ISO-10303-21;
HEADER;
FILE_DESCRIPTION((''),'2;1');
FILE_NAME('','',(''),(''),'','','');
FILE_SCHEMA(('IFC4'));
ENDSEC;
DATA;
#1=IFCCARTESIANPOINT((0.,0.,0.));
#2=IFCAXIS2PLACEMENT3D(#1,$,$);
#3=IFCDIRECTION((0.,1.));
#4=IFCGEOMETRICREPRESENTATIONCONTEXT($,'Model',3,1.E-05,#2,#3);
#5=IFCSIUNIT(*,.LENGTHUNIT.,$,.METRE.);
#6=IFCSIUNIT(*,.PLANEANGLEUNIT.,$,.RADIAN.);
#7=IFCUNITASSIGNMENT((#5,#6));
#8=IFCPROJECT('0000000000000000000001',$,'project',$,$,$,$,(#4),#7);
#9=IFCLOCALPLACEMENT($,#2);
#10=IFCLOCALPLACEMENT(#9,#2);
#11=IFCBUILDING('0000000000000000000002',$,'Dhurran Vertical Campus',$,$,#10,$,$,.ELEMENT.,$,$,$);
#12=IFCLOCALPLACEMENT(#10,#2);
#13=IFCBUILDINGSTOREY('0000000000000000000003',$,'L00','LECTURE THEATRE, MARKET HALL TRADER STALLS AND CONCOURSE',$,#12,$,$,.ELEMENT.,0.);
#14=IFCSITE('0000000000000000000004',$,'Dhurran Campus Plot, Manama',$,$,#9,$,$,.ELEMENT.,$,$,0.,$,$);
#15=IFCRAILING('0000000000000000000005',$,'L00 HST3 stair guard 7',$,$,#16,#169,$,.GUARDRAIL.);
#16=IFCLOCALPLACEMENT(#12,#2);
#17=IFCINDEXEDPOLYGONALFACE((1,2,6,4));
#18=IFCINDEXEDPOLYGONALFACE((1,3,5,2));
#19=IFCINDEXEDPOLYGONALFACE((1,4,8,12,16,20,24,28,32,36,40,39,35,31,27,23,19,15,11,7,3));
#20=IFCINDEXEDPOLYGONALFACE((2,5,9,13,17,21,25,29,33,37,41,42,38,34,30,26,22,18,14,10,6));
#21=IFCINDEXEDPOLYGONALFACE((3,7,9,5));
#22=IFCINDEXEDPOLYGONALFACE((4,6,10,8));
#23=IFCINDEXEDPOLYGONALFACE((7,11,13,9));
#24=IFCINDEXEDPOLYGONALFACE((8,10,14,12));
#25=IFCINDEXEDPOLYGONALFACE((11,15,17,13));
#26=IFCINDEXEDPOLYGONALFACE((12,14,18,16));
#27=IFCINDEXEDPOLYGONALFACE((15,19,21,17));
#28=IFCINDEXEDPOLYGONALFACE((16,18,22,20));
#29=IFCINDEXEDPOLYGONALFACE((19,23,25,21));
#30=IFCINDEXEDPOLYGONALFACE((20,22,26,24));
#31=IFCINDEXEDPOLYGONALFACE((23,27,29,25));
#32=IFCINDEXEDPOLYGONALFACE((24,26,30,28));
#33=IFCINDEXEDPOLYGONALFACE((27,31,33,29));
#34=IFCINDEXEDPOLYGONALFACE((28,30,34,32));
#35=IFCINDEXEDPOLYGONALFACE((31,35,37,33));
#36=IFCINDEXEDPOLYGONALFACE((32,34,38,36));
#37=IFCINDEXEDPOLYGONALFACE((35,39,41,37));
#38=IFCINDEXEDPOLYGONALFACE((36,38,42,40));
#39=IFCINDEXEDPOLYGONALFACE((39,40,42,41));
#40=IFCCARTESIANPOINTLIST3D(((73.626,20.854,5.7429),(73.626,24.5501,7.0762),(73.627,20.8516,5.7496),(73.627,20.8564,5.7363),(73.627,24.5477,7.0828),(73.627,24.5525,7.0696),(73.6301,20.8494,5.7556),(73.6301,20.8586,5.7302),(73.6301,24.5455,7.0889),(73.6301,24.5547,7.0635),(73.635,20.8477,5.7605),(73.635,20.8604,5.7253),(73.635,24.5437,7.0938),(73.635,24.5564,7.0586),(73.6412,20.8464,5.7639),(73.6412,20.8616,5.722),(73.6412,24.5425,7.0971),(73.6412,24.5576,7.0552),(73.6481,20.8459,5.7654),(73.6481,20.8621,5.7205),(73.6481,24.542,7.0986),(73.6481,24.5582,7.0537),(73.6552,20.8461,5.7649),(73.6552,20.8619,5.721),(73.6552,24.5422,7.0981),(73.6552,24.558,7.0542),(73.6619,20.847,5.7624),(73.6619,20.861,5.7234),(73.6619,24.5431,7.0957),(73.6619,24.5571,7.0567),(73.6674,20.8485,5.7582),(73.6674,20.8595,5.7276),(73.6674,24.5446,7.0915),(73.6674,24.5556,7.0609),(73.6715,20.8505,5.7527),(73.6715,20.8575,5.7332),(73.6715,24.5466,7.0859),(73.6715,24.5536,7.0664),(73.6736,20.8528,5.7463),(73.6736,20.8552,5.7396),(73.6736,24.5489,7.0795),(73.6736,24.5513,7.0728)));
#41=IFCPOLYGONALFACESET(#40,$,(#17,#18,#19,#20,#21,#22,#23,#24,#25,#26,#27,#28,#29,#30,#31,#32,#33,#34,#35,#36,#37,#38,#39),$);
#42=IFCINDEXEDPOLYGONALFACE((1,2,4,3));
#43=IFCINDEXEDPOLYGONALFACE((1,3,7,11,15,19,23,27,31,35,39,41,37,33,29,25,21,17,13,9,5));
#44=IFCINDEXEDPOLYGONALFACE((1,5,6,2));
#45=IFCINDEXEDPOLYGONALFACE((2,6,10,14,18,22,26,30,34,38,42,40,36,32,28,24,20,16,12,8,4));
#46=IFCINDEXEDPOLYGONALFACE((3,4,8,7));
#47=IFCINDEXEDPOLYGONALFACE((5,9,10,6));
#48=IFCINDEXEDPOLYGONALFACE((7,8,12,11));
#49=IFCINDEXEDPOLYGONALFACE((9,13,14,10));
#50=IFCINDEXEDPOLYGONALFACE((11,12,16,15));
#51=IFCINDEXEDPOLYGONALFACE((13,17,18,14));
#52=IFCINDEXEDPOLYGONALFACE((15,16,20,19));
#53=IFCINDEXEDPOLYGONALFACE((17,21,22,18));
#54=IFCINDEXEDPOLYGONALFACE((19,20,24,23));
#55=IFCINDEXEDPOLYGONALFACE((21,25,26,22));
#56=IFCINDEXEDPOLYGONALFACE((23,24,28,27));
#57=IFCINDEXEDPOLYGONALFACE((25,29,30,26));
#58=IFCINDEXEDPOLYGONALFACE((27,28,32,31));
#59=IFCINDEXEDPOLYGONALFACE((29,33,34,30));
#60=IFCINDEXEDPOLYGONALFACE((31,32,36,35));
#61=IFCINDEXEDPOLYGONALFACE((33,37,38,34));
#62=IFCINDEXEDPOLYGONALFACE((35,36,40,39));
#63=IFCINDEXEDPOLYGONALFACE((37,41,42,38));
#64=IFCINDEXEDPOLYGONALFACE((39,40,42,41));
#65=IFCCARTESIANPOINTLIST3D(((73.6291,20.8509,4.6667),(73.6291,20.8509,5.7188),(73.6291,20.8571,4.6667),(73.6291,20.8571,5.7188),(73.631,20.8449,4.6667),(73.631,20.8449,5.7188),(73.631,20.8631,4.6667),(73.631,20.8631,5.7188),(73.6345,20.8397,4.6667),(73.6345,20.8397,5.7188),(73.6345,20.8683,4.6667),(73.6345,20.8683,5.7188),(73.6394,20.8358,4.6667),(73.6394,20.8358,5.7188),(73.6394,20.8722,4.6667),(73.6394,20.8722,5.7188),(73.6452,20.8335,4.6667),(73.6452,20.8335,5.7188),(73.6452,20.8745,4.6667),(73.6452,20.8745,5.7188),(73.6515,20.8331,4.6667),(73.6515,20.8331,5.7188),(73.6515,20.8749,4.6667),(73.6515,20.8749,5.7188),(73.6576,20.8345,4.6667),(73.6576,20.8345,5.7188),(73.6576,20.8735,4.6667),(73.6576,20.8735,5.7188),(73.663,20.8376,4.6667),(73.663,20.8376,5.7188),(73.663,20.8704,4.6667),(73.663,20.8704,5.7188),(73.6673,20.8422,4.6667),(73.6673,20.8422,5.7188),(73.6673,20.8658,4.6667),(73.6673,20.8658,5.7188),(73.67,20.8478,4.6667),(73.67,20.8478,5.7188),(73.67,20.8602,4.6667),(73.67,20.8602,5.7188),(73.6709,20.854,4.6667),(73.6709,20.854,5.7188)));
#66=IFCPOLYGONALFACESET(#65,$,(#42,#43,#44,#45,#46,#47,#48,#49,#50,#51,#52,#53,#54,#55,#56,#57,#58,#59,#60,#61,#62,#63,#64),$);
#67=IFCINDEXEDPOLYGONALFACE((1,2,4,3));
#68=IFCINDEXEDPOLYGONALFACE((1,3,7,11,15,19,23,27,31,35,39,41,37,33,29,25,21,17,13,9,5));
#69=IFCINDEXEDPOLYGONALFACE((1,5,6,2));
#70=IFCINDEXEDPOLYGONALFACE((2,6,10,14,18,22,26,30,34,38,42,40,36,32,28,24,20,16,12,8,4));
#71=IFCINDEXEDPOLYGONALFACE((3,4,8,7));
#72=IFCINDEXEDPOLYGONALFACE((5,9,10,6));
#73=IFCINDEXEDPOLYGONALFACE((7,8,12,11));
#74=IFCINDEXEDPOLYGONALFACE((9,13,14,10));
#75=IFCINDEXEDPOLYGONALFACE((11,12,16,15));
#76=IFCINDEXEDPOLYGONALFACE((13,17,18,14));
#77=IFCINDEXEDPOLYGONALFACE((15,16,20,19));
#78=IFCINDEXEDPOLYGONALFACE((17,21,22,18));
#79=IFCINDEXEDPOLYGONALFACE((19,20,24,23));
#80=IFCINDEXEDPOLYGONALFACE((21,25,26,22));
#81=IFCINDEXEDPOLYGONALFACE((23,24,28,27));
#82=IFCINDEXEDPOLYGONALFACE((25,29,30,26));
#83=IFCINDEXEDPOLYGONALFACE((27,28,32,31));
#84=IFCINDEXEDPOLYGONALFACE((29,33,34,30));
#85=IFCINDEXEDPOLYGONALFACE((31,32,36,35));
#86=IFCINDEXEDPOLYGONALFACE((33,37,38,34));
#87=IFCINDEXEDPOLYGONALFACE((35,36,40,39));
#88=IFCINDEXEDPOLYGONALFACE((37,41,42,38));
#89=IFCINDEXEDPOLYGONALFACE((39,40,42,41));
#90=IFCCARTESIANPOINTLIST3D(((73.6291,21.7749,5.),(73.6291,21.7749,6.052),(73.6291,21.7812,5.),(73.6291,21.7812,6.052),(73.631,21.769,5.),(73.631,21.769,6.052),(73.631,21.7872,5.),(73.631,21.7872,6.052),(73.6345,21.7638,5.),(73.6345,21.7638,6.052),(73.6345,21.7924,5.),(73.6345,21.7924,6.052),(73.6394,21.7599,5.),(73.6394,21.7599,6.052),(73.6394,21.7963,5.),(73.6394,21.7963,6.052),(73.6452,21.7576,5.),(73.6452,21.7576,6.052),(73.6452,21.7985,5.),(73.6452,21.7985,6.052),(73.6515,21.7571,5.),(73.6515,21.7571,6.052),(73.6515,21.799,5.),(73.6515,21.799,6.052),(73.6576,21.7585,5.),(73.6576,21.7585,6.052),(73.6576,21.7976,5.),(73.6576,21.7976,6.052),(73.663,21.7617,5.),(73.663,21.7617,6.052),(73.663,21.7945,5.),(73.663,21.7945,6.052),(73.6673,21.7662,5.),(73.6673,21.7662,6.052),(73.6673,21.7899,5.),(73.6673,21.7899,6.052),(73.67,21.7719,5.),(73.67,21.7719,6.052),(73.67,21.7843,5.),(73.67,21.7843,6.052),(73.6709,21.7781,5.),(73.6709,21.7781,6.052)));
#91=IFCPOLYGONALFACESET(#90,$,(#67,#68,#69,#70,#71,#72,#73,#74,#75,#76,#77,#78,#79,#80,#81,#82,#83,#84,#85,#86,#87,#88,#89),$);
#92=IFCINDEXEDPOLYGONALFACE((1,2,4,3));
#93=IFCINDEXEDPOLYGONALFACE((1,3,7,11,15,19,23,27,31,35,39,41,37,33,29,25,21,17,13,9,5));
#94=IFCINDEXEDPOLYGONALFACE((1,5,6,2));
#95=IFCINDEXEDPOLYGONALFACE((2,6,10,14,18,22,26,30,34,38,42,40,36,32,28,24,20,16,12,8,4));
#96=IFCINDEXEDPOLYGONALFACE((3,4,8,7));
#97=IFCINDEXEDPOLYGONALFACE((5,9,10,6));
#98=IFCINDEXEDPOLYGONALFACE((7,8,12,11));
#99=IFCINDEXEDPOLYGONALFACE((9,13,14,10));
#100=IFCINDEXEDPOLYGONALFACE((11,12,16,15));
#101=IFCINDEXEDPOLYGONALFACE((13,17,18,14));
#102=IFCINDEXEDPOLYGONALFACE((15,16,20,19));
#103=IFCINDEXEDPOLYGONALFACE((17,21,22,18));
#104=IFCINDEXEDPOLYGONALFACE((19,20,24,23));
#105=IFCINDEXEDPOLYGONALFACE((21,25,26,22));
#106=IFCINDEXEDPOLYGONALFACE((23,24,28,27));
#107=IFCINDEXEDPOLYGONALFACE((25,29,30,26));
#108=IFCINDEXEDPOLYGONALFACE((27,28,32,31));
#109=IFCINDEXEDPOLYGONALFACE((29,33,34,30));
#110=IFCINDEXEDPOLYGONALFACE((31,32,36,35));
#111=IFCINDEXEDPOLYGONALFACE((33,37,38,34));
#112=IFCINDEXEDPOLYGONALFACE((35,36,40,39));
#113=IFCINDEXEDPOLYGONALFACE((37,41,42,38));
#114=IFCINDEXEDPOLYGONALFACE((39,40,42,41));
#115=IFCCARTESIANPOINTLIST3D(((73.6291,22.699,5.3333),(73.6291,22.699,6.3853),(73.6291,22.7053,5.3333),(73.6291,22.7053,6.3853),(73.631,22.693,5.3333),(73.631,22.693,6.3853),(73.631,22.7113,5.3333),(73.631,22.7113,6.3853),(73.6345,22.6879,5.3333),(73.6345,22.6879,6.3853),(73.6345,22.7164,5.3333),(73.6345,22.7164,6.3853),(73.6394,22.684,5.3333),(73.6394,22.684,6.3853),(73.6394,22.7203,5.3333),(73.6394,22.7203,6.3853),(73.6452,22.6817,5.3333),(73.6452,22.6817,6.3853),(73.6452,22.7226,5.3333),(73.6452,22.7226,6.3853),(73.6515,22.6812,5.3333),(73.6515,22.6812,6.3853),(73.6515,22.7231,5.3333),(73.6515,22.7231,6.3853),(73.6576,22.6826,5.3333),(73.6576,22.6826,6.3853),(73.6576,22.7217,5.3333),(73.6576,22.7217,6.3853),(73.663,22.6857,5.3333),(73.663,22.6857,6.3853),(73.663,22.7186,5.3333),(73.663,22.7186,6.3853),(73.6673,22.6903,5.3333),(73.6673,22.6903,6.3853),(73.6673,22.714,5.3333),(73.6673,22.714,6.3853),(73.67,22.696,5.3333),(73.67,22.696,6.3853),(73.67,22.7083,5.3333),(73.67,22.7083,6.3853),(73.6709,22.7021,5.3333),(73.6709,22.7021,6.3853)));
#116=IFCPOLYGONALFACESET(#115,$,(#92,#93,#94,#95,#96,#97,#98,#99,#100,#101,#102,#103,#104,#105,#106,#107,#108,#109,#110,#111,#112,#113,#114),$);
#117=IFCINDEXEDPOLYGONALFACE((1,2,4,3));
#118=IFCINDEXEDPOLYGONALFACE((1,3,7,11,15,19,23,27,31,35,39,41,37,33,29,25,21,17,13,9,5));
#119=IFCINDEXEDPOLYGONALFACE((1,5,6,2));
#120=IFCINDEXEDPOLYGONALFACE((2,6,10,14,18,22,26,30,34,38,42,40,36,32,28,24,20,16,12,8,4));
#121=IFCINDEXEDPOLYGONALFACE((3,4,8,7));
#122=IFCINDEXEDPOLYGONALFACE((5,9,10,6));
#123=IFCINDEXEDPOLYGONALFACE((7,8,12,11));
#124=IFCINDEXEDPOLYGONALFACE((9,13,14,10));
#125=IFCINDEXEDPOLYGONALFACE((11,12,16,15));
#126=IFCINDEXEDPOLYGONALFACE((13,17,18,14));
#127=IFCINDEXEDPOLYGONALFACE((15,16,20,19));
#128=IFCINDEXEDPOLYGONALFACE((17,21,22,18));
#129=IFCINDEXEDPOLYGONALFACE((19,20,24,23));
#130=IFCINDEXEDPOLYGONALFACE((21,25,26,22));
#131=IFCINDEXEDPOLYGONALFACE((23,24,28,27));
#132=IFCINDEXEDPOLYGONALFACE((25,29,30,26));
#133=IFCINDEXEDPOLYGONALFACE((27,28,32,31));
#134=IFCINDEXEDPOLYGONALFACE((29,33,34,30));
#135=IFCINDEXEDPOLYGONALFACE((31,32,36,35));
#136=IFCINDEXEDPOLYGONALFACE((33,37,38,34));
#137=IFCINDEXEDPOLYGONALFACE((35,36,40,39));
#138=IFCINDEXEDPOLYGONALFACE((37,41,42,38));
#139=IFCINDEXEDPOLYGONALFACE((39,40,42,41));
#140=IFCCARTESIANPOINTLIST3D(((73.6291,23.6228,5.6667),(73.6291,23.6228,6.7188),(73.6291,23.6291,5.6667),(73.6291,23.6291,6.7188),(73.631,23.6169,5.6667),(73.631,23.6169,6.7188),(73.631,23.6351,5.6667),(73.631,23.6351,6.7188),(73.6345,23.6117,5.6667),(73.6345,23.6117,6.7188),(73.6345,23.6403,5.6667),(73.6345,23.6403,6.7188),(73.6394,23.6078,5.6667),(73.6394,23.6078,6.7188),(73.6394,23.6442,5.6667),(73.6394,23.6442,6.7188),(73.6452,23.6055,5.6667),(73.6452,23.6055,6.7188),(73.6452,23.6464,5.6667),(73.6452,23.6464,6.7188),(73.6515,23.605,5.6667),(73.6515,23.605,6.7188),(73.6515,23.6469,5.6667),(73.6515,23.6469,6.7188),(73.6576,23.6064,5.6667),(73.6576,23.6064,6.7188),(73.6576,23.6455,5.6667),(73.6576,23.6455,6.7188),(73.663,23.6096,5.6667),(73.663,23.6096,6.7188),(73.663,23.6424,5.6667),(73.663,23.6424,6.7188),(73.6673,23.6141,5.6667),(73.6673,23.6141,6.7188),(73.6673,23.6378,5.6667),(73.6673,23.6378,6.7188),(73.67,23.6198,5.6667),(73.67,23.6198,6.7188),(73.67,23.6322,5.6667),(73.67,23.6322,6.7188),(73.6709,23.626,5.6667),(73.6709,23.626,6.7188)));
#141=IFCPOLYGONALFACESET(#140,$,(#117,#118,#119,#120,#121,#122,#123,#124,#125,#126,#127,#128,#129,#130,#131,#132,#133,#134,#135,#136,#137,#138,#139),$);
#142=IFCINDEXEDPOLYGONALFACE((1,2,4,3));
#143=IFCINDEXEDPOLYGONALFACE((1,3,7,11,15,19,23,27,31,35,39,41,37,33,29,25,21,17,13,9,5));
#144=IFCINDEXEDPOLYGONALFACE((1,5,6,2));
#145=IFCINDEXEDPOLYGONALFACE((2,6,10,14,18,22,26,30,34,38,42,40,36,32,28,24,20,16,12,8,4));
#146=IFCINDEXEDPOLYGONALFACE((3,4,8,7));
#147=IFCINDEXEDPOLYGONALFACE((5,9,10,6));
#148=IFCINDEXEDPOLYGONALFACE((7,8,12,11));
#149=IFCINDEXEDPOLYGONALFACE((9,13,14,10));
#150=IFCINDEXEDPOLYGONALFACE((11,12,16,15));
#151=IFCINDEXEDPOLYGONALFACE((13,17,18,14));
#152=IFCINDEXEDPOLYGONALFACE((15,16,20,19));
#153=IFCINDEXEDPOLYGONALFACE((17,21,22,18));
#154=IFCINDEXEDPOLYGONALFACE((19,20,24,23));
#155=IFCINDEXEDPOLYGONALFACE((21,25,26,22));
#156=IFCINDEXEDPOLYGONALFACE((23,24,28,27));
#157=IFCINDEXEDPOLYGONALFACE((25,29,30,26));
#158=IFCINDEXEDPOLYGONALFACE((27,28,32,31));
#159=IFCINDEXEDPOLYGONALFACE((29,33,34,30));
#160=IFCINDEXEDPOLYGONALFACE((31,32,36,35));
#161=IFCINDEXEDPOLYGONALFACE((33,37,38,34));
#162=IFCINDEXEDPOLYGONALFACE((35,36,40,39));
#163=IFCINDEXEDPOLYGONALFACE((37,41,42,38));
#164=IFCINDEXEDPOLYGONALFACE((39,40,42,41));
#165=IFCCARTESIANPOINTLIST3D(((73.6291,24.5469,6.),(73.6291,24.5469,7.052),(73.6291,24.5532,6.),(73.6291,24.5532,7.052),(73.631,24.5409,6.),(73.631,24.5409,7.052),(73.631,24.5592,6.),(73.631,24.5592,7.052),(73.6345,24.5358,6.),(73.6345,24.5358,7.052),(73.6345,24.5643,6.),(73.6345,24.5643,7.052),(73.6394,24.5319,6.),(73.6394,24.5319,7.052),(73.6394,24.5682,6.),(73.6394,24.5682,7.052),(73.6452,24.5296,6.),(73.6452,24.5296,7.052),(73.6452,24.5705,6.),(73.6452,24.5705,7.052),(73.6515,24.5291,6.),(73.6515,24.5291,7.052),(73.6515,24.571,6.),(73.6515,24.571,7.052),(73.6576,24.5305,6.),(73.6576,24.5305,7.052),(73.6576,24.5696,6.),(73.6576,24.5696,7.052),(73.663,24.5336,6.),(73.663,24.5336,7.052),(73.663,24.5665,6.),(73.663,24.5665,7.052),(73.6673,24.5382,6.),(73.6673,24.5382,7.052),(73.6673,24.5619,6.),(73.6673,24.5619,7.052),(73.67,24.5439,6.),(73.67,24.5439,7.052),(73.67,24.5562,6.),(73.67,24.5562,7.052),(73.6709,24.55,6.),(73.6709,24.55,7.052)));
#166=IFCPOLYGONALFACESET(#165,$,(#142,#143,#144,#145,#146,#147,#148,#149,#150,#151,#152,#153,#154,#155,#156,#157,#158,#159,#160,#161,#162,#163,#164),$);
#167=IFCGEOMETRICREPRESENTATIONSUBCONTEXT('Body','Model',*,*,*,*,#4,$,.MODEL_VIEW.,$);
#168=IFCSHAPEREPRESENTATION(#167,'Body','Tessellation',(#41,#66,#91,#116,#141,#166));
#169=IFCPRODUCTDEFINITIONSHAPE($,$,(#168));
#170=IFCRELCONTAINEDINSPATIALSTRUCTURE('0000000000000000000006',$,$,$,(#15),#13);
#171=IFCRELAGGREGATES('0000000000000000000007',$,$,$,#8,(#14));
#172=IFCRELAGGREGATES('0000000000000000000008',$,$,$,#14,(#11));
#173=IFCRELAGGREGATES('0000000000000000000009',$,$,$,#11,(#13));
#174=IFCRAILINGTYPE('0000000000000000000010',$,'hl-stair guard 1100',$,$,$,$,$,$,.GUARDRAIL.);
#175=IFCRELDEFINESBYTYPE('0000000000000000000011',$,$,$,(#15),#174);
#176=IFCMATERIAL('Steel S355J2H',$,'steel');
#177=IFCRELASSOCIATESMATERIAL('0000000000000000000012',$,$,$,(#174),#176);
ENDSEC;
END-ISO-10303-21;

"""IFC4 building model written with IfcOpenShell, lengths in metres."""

from ifc_helpers import new_model, si_unit, direction, frame, origin, origin_2d, place, context, subcontext, project, spatial, circle, extrude, material, type_object, element, save


model = new_model("IFC4")

# Units and contexts
model_context = context("Model", 3, precision=1e-05, world=origin(), true_north=direction((0.0, 1.0)))
body_context = subcontext(model_context, "Body", "Model", "MODEL_VIEW")
ifc_project = project(units=[si_unit("LENGTHUNIT", "METRE"), si_unit("PLANEANGLEUNIT", "RADIAN")], contexts=[model_context])

# Site, building, storey
site_placement = place(None, origin())
site = spatial("IfcSite", under=ifc_project, at=site_placement, Name="Dhurran Campus Plot, Manama", CompositionType="ELEMENT", RefElevation=0.0)
building_placement = place(site_placement, origin())
building = spatial("IfcBuilding", under=site, at=building_placement, Name="Dhurran Vertical Campus", CompositionType="ELEMENT")
storey_placement = place(building_placement, origin())
storey = spatial("IfcBuildingStorey", under=building, at=storey_placement, Name="L00", Description="LECTURE THEATRE, MARKET HALL TRADER STALLS AND CONCOURSE", CompositionType="ELEMENT", Elevation=0.0)

# Railing
ifc_material_1 = material(Name="Steel S355J2H", Category="steel")
railing_type_1 = type_object("IfcRailingType", Name="hl-stair guard 1100", PredefinedType="GUARDRAIL", material=ifc_material_1)
railing_1_placement = place(storey_placement, frame((73.6499, 20.854, 4.6667)))
element("IfcRailing", 1, at=railing_1_placement, inside=storey, type_object=railing_type_1, Name="L00 HST3 stair guard 7", PredefinedType="GUARDRAIL", context=body_context, shape_type="SweptSolid", body=[
    extrude(circle(Radius=0.0239, at=origin_2d()), frame((0.0, 0.0, 1.0762), z_axis=(0.0, 0.94067, 0.339322), x_axis=(-1.0, 0.0, 0.0)), (0.0, 0.0, 1.0), 3.9292),
    extrude(circle(Radius=0.021, at=origin_2d()), origin(), (0.0, 0.0, 1.0), 1.052),
    extrude(circle(Radius=0.021, at=origin_2d()), frame((0.0, 0.9241, 0.3333)), (0.0, 0.0, 1.0), 1.052),
    extrude(circle(Radius=0.021, at=origin_2d()), frame((0.0, 1.8481, 0.6665)), (0.0, 0.0, 1.0), 1.052),
    extrude(circle(Radius=0.021, at=origin_2d()), frame((0.0, 2.772, 1.0)), (0.0, 0.0, 1.0), 1.052),
    extrude(circle(Radius=0.021, at=origin_2d()), frame((0.0, 3.696, 1.3333)), (0.0, 0.0, 1.0), 1.052),
])

save(model, "model.ifc")
